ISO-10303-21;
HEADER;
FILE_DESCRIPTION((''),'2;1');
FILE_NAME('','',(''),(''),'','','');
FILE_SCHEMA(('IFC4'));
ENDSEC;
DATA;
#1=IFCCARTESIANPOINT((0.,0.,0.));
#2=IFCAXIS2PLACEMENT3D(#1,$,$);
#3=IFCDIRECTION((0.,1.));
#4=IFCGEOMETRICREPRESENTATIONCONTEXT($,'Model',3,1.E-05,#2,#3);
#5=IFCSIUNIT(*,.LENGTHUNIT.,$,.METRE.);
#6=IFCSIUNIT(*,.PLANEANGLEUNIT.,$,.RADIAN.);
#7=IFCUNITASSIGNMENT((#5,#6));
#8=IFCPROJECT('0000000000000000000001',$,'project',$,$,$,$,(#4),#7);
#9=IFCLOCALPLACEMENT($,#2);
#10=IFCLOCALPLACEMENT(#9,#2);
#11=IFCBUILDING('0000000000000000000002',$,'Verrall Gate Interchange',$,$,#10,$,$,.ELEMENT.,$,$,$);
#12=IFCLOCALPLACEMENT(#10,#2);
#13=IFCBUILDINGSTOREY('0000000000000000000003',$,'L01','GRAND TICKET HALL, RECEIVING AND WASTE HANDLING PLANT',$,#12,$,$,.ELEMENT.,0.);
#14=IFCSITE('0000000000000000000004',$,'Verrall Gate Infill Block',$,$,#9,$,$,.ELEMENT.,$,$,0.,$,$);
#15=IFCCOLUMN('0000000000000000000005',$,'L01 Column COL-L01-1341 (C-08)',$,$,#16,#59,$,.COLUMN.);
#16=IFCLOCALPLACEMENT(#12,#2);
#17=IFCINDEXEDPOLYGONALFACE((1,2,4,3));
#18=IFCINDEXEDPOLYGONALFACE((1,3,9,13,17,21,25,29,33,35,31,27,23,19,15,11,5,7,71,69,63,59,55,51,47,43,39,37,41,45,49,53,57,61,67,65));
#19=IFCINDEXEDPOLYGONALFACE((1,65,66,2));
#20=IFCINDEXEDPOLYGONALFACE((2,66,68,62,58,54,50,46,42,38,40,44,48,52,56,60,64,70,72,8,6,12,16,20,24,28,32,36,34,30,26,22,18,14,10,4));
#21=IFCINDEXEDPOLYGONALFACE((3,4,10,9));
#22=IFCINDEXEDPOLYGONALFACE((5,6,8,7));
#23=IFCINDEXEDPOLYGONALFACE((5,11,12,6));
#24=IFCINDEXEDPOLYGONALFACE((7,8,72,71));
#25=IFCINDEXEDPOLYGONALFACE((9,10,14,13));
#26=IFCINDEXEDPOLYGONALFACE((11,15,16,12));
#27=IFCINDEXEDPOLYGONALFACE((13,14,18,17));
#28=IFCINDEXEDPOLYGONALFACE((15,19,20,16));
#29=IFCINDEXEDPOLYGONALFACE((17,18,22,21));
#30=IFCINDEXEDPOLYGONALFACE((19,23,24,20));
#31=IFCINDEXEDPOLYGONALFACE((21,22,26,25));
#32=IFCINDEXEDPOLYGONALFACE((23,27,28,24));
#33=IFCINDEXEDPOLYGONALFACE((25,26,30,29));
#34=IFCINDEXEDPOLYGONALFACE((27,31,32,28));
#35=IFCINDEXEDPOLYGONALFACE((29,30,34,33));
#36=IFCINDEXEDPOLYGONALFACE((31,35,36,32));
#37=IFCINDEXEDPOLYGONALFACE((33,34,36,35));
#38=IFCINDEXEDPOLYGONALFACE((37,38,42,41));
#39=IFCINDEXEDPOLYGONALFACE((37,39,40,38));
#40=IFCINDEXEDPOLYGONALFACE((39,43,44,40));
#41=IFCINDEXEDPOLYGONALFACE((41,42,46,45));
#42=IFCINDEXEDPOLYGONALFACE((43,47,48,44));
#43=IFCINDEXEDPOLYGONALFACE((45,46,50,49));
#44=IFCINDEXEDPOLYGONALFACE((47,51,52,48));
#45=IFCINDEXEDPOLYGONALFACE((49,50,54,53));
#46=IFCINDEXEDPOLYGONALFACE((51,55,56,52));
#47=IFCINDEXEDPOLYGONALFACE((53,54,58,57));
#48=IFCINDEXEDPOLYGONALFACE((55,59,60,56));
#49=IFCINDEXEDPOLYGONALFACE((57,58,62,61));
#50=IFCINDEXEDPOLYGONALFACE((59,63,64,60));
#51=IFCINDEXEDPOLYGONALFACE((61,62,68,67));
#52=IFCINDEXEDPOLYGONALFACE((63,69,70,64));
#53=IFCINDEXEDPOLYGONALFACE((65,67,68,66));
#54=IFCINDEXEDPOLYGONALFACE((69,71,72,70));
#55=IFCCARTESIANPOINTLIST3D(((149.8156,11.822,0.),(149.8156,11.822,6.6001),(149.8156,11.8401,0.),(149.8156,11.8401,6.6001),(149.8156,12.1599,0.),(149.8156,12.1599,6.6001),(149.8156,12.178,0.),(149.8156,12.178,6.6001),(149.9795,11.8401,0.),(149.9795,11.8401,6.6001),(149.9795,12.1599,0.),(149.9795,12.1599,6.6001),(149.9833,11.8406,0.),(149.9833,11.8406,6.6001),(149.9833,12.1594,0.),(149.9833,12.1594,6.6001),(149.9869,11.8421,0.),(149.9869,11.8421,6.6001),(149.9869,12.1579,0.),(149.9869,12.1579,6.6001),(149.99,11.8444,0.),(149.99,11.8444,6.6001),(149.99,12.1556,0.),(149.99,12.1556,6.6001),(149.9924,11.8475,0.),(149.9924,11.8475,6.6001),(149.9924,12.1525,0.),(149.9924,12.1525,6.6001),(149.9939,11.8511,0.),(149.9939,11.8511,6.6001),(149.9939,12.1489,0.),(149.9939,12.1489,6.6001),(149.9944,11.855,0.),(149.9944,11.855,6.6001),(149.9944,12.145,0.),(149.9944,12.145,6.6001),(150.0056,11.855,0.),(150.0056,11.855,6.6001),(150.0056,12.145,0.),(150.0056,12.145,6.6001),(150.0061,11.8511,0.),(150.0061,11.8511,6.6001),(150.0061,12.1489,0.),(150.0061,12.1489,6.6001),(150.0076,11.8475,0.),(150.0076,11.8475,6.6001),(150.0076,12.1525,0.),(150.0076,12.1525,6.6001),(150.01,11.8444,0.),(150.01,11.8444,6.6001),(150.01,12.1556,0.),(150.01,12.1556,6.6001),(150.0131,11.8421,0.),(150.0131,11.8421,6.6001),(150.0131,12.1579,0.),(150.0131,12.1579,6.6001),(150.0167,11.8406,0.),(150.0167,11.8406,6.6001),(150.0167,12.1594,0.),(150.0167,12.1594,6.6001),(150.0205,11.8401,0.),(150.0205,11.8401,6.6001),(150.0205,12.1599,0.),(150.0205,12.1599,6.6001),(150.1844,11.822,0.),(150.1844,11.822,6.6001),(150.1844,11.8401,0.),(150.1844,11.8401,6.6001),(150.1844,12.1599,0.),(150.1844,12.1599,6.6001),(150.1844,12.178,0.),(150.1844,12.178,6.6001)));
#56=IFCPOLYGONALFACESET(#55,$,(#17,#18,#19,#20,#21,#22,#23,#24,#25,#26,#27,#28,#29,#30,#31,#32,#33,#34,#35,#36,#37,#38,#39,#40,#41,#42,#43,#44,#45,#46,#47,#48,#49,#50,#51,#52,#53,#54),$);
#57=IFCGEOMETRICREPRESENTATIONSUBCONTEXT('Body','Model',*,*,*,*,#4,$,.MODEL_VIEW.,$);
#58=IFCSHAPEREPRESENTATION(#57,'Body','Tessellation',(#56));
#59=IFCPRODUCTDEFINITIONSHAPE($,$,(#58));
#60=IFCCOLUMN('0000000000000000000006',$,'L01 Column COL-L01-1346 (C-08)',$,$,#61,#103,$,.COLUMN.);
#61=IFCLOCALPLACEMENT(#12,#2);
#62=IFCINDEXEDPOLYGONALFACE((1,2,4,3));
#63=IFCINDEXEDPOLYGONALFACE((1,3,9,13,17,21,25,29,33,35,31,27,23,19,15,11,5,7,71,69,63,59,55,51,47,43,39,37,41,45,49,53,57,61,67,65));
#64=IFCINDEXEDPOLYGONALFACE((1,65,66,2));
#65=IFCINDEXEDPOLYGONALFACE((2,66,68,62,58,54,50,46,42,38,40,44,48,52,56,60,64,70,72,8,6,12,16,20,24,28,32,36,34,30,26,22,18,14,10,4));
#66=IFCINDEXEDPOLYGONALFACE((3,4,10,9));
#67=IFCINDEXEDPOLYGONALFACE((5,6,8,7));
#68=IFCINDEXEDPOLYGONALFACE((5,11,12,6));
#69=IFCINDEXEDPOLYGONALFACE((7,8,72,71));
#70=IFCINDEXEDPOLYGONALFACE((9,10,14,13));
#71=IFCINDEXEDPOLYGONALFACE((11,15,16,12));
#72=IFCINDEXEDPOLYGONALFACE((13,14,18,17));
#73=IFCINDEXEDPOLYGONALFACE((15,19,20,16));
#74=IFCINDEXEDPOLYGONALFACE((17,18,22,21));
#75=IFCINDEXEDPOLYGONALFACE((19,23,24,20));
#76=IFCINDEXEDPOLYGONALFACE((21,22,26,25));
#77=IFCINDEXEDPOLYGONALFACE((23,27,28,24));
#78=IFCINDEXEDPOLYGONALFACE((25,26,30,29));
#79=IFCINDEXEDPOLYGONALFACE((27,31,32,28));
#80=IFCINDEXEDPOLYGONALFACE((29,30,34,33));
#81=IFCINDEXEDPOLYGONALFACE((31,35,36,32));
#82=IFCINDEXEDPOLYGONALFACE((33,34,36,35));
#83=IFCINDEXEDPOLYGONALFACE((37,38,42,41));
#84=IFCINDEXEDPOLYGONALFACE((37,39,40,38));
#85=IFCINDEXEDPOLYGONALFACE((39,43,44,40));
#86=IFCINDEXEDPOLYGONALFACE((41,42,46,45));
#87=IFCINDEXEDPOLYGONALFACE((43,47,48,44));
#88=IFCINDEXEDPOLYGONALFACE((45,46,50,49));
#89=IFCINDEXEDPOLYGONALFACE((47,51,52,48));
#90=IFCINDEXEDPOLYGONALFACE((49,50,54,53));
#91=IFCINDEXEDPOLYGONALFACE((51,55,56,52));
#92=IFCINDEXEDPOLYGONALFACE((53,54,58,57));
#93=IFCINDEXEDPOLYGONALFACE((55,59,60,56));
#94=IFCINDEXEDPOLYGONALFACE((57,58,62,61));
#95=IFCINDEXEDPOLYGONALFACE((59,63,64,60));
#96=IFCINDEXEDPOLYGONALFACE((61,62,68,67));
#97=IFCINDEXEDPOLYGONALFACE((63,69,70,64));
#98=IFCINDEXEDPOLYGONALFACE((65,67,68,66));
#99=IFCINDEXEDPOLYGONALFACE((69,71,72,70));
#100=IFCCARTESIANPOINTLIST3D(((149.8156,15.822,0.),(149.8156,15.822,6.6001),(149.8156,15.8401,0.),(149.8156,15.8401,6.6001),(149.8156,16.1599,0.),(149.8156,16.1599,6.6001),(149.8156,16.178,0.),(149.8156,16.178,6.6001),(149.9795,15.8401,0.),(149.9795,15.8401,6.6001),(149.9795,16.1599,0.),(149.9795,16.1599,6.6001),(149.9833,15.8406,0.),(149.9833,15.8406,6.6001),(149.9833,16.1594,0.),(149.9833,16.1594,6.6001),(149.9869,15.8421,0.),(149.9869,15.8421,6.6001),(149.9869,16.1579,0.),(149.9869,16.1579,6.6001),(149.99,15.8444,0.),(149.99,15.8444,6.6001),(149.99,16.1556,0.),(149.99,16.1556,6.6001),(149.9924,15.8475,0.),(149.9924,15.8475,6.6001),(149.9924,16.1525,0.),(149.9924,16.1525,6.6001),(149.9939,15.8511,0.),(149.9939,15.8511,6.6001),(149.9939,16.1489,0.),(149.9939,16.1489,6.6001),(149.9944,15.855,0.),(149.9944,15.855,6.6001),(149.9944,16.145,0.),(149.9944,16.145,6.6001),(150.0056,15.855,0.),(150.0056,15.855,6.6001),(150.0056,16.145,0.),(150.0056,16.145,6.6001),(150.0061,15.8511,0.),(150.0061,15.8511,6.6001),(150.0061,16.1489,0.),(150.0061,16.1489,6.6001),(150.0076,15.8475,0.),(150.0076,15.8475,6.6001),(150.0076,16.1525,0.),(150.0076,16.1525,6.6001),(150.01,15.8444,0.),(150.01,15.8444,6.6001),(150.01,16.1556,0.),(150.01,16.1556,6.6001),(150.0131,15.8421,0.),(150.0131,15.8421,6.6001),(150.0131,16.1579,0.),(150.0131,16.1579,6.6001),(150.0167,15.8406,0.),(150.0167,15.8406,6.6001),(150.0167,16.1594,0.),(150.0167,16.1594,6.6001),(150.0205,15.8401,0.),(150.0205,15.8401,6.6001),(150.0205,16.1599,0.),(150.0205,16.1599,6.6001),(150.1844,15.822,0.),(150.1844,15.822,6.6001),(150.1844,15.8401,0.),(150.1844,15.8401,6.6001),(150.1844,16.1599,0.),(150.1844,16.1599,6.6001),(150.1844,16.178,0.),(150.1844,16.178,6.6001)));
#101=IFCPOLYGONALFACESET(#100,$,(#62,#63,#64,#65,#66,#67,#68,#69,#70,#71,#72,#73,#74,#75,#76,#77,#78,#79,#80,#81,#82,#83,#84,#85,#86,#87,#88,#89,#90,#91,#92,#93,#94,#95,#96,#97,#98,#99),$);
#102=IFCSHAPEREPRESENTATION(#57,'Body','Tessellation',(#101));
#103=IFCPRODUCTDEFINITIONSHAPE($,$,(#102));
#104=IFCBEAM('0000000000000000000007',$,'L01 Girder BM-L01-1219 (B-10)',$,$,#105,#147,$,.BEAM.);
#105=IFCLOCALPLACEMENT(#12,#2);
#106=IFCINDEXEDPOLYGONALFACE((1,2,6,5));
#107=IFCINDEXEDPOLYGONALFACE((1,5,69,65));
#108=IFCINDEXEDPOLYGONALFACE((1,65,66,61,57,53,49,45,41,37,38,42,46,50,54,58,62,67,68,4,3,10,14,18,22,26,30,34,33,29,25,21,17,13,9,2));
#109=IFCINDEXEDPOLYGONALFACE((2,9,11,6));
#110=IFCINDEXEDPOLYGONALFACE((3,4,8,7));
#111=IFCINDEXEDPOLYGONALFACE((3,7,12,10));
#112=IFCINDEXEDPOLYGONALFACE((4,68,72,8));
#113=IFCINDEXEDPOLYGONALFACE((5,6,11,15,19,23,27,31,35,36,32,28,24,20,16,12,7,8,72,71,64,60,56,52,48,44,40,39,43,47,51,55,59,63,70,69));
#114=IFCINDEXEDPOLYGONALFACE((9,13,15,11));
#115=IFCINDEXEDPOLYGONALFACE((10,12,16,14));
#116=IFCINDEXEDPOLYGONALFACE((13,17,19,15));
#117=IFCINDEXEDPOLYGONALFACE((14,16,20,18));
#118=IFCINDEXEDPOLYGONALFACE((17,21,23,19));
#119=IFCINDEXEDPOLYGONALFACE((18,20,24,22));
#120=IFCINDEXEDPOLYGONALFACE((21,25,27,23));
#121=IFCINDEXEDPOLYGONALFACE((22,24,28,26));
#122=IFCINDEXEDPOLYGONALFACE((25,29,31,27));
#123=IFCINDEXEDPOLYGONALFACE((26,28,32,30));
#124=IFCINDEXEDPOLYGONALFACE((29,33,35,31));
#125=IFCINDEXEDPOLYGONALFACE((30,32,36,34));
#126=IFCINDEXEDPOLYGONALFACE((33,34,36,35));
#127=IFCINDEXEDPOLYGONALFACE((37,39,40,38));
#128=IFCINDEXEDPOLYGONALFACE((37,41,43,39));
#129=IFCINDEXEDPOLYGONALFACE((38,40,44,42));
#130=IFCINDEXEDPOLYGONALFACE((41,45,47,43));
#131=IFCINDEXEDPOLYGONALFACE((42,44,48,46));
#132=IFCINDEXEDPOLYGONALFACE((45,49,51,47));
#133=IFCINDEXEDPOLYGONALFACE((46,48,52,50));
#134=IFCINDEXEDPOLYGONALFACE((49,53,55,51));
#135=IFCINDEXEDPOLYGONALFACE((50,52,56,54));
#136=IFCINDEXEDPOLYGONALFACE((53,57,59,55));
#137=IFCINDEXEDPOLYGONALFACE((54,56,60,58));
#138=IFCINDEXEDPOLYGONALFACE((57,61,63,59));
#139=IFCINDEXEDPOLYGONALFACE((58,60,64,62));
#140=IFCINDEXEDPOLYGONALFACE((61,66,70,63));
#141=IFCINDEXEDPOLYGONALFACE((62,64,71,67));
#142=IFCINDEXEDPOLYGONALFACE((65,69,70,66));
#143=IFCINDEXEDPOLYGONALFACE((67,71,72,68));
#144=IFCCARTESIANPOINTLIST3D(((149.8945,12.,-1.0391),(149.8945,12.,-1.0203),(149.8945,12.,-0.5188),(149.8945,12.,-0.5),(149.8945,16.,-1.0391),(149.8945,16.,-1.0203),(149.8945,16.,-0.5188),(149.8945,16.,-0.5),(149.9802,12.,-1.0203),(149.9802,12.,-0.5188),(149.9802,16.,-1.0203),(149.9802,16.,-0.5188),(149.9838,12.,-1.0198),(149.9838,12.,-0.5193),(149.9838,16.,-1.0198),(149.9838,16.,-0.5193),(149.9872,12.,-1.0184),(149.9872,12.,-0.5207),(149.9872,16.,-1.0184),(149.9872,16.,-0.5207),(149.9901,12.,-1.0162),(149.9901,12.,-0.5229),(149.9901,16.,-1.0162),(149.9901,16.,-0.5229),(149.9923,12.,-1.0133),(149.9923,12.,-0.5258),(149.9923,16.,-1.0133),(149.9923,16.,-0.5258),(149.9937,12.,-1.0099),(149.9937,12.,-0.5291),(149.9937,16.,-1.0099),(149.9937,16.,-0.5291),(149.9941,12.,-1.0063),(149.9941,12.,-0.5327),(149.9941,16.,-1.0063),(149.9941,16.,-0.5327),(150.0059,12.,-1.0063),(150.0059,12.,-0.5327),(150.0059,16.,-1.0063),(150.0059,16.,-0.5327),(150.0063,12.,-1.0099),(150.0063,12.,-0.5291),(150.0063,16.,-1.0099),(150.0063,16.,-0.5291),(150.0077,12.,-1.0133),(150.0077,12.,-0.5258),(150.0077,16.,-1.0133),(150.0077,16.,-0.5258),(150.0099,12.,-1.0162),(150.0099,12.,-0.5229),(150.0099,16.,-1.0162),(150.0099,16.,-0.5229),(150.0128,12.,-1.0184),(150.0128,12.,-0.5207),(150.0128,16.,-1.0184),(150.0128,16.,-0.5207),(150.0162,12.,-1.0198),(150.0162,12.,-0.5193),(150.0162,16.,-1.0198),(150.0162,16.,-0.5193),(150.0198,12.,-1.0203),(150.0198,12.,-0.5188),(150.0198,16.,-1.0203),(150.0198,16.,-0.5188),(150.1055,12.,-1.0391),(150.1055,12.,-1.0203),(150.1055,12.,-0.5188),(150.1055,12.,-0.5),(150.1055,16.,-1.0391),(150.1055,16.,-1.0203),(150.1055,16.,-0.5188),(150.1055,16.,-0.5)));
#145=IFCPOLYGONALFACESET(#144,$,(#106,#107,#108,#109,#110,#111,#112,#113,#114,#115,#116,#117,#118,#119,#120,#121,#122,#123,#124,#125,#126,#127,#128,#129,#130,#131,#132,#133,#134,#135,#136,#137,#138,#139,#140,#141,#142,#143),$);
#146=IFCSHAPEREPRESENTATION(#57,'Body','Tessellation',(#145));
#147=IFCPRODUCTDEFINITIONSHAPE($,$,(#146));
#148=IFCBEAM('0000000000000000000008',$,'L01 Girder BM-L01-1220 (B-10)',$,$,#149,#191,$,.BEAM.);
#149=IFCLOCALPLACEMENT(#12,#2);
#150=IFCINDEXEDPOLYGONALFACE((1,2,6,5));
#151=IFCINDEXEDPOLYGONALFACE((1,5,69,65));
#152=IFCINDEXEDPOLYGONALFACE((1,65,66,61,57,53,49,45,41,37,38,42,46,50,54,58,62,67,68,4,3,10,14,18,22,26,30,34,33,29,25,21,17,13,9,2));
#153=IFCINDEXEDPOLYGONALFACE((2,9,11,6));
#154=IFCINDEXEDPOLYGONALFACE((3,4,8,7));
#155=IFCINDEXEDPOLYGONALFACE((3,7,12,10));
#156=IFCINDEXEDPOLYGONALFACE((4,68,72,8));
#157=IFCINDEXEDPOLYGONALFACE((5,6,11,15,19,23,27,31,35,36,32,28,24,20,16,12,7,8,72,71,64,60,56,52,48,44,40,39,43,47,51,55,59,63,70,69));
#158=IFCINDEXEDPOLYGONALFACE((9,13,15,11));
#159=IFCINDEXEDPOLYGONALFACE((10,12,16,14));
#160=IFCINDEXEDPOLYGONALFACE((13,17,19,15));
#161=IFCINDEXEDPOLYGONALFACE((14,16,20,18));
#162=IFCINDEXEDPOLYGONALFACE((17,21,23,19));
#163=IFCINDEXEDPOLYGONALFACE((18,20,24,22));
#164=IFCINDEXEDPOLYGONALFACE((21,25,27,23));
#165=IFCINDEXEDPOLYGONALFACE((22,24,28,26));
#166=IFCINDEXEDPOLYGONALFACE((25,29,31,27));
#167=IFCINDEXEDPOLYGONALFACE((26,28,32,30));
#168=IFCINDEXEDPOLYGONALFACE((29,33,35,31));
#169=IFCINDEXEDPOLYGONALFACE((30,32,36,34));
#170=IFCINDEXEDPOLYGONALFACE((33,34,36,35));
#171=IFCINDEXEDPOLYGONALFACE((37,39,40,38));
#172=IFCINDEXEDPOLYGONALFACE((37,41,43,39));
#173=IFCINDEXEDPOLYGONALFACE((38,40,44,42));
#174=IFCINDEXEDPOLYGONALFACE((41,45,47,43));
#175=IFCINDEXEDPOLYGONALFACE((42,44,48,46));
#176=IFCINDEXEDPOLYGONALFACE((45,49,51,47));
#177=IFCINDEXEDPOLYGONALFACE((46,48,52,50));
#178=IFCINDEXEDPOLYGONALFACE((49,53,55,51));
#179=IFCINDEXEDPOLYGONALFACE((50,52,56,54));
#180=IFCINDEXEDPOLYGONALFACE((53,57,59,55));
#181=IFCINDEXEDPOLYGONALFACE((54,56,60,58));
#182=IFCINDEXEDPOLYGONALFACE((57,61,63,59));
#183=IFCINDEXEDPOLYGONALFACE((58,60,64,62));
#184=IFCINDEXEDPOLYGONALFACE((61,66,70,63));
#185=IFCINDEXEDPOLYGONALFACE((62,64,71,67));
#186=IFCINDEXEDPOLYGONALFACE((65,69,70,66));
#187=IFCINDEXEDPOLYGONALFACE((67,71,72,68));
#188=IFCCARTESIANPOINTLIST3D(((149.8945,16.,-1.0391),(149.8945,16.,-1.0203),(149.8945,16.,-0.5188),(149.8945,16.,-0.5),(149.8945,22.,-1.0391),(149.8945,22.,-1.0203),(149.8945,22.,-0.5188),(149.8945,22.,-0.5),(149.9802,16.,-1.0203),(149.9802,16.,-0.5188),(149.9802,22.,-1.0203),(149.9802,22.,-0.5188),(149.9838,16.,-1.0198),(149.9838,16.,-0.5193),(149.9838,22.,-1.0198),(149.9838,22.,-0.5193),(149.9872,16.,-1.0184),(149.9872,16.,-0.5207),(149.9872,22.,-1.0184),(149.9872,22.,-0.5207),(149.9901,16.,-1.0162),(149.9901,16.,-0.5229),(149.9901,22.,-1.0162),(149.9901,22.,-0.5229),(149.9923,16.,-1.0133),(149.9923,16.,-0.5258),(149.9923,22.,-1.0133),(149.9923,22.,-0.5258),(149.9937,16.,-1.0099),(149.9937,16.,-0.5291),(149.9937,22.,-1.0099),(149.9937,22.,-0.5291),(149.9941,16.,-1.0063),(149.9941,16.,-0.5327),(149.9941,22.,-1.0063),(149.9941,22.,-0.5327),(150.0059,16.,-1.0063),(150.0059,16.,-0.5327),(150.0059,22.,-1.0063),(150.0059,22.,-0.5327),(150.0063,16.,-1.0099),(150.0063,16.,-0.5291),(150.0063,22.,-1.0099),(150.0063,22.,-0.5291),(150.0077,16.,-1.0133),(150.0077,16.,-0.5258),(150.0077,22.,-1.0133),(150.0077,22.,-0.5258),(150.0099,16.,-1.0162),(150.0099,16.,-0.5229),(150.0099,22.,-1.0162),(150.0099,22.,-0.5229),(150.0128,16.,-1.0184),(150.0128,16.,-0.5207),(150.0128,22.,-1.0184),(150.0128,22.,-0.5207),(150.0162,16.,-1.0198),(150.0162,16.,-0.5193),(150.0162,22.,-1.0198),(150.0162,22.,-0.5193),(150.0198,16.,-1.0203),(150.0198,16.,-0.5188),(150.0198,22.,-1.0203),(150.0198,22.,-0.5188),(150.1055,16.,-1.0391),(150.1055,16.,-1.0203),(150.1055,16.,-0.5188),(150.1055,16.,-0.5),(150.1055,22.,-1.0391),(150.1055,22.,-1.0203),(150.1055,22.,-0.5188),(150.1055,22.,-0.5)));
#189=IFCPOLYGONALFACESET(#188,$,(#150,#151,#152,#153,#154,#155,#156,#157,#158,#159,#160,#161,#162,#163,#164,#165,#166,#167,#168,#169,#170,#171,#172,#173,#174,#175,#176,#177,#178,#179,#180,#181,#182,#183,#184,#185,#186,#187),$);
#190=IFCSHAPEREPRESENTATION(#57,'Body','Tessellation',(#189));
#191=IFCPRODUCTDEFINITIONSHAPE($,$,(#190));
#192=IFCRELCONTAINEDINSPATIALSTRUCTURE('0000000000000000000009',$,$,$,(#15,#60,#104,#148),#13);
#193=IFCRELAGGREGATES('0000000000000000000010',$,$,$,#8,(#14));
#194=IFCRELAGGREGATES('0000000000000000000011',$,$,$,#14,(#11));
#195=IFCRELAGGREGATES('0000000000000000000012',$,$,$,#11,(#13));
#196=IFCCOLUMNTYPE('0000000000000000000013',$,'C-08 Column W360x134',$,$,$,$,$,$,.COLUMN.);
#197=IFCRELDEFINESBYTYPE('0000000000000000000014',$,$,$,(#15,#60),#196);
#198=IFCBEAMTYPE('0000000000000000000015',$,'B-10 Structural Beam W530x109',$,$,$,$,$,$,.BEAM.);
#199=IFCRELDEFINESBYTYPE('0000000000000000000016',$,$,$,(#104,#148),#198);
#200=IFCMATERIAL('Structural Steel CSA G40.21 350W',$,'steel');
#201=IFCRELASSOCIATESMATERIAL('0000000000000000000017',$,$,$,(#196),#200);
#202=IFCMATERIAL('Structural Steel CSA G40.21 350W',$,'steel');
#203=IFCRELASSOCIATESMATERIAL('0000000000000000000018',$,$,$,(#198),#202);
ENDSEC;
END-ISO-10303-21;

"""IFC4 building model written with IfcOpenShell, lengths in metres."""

from ifc_helpers import new_model, si_unit, direction, frame, origin, origin_2d, place, context, subcontext, project, spatial, i_section, extrude, material, material_profile, profile_set, type_object, element, save


model = new_model("IFC4")

# Units and contexts
model_context = context("Model", 3, precision=1e-05, world=origin(), true_north=direction((0.0, 1.0)))
body_context = subcontext(model_context, "Body", "Model", "MODEL_VIEW")
ifc_project = project(units=[si_unit("LENGTHUNIT", "METRE"), si_unit("PLANEANGLEUNIT", "RADIAN")], contexts=[model_context])

# Site, building, storey
site_placement = place(None, origin())
site = spatial("IfcSite", under=ifc_project, at=site_placement, Name="Verrall Gate Infill Block", CompositionType="ELEMENT", RefElevation=0.0)
building_placement = place(site_placement, origin())
building = spatial("IfcBuilding", under=site, at=building_placement, Name="Verrall Gate Interchange", CompositionType="ELEMENT")
storey_placement = place(building_placement, origin())
storey = spatial("IfcBuildingStorey", under=building, at=storey_placement, Name="L01", Description="GRAND TICKET HALL, RECEIVING AND WASTE HANDLING PLANT", CompositionType="ELEMENT", Elevation=0.0)

# Columns
ifc_material_1 = material(Name="Structural Steel CSA G40.21 350W", Category="steel")
ifc_material_profile_1 = material_profile(ifc_material_1, i_section(OverallWidth=0.3689, OverallDepth=0.356, WebThickness=0.0112, FlangeThickness=0.0181, FilletRadius=0.0149, at=origin_2d()), Name="W360x134")
ifc_profile_set_1 = profile_set([ifc_material_profile_1], Name="Structural Steel CSA G40.21 350W")
column_type = type_object("IfcColumnType", Name="C-08 Column W360x134", PredefinedType="COLUMN", material=ifc_profile_set_1)
for number, where, z_axis, x_axis, name in (
    (1, (150.0, 12.0, 0.0), (0.0, 0.0, 1.0), (1.0, 0.0, 0.0), "L01 Column COL-L01-1341 (C-08)"),
    (2, (150.0, 16.0, 0.0), (0.0, 0.0, 1.0), (1.0, 0.0, 0.0), "L01 Column COL-L01-1346 (C-08)"),
):
    element("IfcColumn", number, at=place(storey_placement, frame(where, z_axis=z_axis, x_axis=x_axis)), inside=storey, type_object=column_type, Name=name, PredefinedType="COLUMN", context=body_context, shape_type="SweptSolid", body=[
        extrude(i_section(OverallWidth=0.3689, OverallDepth=0.356, WebThickness=0.0112, FlangeThickness=0.0181, FilletRadius=0.0149, at=origin_2d()), origin(), (0.0, 0.0, 1.0), 6.6001),
    ])

# Beams
ifc_material_2 = material(Name="Structural Steel CSA G40.21 350W", Category="steel")
ifc_material_profile_2 = material_profile(ifc_material_2, i_section(OverallWidth=0.2109, OverallDepth=0.5391, WebThickness=0.0117, FlangeThickness=0.0188, FilletRadius=0.0139, at=origin_2d()), Name="W530x109")
ifc_profile_set_2 = profile_set([ifc_material_profile_2], Name="Structural Steel CSA G40.21 350W")
beam_type_1 = type_object("IfcBeamType", Name="B-10 Structural Beam W530x109", PredefinedType="BEAM", material=ifc_profile_set_2)
beam_1_placement = place(storey_placement, frame((150.0, 12.0, -0.7695), z_axis=(0.0, 1.0, 0.0), x_axis=(-1.0, 0.0, 0.0)))
element("IfcBeam", 3, at=beam_1_placement, inside=storey, type_object=beam_type_1, Name="L01 Girder BM-L01-1219 (B-10)", PredefinedType="BEAM", context=body_context, shape_type="SweptSolid", body=[
    extrude(i_section(OverallWidth=0.2109, OverallDepth=0.5391, WebThickness=0.0117, FlangeThickness=0.0188, FilletRadius=0.0139, at=origin_2d()), origin(), (0.0, 0.0, 1.0), 4.0),
])
beam_2_placement = place(storey_placement, frame((150.0, 16.0, -0.7695), z_axis=(0.0, 1.0, 0.0), x_axis=(-1.0, 0.0, 0.0)))
element("IfcBeam", 4, at=beam_2_placement, inside=storey, type_object=beam_type_1, Name="L01 Girder BM-L01-1220 (B-10)", PredefinedType="BEAM", context=body_context, shape_type="SweptSolid", body=[
    extrude(i_section(OverallWidth=0.2109, OverallDepth=0.5391, WebThickness=0.0117, FlangeThickness=0.0188, FilletRadius=0.0139, at=origin_2d()), origin(), (0.0, 0.0, 1.0), 6.0),
])

save(model, "model.ifc")
